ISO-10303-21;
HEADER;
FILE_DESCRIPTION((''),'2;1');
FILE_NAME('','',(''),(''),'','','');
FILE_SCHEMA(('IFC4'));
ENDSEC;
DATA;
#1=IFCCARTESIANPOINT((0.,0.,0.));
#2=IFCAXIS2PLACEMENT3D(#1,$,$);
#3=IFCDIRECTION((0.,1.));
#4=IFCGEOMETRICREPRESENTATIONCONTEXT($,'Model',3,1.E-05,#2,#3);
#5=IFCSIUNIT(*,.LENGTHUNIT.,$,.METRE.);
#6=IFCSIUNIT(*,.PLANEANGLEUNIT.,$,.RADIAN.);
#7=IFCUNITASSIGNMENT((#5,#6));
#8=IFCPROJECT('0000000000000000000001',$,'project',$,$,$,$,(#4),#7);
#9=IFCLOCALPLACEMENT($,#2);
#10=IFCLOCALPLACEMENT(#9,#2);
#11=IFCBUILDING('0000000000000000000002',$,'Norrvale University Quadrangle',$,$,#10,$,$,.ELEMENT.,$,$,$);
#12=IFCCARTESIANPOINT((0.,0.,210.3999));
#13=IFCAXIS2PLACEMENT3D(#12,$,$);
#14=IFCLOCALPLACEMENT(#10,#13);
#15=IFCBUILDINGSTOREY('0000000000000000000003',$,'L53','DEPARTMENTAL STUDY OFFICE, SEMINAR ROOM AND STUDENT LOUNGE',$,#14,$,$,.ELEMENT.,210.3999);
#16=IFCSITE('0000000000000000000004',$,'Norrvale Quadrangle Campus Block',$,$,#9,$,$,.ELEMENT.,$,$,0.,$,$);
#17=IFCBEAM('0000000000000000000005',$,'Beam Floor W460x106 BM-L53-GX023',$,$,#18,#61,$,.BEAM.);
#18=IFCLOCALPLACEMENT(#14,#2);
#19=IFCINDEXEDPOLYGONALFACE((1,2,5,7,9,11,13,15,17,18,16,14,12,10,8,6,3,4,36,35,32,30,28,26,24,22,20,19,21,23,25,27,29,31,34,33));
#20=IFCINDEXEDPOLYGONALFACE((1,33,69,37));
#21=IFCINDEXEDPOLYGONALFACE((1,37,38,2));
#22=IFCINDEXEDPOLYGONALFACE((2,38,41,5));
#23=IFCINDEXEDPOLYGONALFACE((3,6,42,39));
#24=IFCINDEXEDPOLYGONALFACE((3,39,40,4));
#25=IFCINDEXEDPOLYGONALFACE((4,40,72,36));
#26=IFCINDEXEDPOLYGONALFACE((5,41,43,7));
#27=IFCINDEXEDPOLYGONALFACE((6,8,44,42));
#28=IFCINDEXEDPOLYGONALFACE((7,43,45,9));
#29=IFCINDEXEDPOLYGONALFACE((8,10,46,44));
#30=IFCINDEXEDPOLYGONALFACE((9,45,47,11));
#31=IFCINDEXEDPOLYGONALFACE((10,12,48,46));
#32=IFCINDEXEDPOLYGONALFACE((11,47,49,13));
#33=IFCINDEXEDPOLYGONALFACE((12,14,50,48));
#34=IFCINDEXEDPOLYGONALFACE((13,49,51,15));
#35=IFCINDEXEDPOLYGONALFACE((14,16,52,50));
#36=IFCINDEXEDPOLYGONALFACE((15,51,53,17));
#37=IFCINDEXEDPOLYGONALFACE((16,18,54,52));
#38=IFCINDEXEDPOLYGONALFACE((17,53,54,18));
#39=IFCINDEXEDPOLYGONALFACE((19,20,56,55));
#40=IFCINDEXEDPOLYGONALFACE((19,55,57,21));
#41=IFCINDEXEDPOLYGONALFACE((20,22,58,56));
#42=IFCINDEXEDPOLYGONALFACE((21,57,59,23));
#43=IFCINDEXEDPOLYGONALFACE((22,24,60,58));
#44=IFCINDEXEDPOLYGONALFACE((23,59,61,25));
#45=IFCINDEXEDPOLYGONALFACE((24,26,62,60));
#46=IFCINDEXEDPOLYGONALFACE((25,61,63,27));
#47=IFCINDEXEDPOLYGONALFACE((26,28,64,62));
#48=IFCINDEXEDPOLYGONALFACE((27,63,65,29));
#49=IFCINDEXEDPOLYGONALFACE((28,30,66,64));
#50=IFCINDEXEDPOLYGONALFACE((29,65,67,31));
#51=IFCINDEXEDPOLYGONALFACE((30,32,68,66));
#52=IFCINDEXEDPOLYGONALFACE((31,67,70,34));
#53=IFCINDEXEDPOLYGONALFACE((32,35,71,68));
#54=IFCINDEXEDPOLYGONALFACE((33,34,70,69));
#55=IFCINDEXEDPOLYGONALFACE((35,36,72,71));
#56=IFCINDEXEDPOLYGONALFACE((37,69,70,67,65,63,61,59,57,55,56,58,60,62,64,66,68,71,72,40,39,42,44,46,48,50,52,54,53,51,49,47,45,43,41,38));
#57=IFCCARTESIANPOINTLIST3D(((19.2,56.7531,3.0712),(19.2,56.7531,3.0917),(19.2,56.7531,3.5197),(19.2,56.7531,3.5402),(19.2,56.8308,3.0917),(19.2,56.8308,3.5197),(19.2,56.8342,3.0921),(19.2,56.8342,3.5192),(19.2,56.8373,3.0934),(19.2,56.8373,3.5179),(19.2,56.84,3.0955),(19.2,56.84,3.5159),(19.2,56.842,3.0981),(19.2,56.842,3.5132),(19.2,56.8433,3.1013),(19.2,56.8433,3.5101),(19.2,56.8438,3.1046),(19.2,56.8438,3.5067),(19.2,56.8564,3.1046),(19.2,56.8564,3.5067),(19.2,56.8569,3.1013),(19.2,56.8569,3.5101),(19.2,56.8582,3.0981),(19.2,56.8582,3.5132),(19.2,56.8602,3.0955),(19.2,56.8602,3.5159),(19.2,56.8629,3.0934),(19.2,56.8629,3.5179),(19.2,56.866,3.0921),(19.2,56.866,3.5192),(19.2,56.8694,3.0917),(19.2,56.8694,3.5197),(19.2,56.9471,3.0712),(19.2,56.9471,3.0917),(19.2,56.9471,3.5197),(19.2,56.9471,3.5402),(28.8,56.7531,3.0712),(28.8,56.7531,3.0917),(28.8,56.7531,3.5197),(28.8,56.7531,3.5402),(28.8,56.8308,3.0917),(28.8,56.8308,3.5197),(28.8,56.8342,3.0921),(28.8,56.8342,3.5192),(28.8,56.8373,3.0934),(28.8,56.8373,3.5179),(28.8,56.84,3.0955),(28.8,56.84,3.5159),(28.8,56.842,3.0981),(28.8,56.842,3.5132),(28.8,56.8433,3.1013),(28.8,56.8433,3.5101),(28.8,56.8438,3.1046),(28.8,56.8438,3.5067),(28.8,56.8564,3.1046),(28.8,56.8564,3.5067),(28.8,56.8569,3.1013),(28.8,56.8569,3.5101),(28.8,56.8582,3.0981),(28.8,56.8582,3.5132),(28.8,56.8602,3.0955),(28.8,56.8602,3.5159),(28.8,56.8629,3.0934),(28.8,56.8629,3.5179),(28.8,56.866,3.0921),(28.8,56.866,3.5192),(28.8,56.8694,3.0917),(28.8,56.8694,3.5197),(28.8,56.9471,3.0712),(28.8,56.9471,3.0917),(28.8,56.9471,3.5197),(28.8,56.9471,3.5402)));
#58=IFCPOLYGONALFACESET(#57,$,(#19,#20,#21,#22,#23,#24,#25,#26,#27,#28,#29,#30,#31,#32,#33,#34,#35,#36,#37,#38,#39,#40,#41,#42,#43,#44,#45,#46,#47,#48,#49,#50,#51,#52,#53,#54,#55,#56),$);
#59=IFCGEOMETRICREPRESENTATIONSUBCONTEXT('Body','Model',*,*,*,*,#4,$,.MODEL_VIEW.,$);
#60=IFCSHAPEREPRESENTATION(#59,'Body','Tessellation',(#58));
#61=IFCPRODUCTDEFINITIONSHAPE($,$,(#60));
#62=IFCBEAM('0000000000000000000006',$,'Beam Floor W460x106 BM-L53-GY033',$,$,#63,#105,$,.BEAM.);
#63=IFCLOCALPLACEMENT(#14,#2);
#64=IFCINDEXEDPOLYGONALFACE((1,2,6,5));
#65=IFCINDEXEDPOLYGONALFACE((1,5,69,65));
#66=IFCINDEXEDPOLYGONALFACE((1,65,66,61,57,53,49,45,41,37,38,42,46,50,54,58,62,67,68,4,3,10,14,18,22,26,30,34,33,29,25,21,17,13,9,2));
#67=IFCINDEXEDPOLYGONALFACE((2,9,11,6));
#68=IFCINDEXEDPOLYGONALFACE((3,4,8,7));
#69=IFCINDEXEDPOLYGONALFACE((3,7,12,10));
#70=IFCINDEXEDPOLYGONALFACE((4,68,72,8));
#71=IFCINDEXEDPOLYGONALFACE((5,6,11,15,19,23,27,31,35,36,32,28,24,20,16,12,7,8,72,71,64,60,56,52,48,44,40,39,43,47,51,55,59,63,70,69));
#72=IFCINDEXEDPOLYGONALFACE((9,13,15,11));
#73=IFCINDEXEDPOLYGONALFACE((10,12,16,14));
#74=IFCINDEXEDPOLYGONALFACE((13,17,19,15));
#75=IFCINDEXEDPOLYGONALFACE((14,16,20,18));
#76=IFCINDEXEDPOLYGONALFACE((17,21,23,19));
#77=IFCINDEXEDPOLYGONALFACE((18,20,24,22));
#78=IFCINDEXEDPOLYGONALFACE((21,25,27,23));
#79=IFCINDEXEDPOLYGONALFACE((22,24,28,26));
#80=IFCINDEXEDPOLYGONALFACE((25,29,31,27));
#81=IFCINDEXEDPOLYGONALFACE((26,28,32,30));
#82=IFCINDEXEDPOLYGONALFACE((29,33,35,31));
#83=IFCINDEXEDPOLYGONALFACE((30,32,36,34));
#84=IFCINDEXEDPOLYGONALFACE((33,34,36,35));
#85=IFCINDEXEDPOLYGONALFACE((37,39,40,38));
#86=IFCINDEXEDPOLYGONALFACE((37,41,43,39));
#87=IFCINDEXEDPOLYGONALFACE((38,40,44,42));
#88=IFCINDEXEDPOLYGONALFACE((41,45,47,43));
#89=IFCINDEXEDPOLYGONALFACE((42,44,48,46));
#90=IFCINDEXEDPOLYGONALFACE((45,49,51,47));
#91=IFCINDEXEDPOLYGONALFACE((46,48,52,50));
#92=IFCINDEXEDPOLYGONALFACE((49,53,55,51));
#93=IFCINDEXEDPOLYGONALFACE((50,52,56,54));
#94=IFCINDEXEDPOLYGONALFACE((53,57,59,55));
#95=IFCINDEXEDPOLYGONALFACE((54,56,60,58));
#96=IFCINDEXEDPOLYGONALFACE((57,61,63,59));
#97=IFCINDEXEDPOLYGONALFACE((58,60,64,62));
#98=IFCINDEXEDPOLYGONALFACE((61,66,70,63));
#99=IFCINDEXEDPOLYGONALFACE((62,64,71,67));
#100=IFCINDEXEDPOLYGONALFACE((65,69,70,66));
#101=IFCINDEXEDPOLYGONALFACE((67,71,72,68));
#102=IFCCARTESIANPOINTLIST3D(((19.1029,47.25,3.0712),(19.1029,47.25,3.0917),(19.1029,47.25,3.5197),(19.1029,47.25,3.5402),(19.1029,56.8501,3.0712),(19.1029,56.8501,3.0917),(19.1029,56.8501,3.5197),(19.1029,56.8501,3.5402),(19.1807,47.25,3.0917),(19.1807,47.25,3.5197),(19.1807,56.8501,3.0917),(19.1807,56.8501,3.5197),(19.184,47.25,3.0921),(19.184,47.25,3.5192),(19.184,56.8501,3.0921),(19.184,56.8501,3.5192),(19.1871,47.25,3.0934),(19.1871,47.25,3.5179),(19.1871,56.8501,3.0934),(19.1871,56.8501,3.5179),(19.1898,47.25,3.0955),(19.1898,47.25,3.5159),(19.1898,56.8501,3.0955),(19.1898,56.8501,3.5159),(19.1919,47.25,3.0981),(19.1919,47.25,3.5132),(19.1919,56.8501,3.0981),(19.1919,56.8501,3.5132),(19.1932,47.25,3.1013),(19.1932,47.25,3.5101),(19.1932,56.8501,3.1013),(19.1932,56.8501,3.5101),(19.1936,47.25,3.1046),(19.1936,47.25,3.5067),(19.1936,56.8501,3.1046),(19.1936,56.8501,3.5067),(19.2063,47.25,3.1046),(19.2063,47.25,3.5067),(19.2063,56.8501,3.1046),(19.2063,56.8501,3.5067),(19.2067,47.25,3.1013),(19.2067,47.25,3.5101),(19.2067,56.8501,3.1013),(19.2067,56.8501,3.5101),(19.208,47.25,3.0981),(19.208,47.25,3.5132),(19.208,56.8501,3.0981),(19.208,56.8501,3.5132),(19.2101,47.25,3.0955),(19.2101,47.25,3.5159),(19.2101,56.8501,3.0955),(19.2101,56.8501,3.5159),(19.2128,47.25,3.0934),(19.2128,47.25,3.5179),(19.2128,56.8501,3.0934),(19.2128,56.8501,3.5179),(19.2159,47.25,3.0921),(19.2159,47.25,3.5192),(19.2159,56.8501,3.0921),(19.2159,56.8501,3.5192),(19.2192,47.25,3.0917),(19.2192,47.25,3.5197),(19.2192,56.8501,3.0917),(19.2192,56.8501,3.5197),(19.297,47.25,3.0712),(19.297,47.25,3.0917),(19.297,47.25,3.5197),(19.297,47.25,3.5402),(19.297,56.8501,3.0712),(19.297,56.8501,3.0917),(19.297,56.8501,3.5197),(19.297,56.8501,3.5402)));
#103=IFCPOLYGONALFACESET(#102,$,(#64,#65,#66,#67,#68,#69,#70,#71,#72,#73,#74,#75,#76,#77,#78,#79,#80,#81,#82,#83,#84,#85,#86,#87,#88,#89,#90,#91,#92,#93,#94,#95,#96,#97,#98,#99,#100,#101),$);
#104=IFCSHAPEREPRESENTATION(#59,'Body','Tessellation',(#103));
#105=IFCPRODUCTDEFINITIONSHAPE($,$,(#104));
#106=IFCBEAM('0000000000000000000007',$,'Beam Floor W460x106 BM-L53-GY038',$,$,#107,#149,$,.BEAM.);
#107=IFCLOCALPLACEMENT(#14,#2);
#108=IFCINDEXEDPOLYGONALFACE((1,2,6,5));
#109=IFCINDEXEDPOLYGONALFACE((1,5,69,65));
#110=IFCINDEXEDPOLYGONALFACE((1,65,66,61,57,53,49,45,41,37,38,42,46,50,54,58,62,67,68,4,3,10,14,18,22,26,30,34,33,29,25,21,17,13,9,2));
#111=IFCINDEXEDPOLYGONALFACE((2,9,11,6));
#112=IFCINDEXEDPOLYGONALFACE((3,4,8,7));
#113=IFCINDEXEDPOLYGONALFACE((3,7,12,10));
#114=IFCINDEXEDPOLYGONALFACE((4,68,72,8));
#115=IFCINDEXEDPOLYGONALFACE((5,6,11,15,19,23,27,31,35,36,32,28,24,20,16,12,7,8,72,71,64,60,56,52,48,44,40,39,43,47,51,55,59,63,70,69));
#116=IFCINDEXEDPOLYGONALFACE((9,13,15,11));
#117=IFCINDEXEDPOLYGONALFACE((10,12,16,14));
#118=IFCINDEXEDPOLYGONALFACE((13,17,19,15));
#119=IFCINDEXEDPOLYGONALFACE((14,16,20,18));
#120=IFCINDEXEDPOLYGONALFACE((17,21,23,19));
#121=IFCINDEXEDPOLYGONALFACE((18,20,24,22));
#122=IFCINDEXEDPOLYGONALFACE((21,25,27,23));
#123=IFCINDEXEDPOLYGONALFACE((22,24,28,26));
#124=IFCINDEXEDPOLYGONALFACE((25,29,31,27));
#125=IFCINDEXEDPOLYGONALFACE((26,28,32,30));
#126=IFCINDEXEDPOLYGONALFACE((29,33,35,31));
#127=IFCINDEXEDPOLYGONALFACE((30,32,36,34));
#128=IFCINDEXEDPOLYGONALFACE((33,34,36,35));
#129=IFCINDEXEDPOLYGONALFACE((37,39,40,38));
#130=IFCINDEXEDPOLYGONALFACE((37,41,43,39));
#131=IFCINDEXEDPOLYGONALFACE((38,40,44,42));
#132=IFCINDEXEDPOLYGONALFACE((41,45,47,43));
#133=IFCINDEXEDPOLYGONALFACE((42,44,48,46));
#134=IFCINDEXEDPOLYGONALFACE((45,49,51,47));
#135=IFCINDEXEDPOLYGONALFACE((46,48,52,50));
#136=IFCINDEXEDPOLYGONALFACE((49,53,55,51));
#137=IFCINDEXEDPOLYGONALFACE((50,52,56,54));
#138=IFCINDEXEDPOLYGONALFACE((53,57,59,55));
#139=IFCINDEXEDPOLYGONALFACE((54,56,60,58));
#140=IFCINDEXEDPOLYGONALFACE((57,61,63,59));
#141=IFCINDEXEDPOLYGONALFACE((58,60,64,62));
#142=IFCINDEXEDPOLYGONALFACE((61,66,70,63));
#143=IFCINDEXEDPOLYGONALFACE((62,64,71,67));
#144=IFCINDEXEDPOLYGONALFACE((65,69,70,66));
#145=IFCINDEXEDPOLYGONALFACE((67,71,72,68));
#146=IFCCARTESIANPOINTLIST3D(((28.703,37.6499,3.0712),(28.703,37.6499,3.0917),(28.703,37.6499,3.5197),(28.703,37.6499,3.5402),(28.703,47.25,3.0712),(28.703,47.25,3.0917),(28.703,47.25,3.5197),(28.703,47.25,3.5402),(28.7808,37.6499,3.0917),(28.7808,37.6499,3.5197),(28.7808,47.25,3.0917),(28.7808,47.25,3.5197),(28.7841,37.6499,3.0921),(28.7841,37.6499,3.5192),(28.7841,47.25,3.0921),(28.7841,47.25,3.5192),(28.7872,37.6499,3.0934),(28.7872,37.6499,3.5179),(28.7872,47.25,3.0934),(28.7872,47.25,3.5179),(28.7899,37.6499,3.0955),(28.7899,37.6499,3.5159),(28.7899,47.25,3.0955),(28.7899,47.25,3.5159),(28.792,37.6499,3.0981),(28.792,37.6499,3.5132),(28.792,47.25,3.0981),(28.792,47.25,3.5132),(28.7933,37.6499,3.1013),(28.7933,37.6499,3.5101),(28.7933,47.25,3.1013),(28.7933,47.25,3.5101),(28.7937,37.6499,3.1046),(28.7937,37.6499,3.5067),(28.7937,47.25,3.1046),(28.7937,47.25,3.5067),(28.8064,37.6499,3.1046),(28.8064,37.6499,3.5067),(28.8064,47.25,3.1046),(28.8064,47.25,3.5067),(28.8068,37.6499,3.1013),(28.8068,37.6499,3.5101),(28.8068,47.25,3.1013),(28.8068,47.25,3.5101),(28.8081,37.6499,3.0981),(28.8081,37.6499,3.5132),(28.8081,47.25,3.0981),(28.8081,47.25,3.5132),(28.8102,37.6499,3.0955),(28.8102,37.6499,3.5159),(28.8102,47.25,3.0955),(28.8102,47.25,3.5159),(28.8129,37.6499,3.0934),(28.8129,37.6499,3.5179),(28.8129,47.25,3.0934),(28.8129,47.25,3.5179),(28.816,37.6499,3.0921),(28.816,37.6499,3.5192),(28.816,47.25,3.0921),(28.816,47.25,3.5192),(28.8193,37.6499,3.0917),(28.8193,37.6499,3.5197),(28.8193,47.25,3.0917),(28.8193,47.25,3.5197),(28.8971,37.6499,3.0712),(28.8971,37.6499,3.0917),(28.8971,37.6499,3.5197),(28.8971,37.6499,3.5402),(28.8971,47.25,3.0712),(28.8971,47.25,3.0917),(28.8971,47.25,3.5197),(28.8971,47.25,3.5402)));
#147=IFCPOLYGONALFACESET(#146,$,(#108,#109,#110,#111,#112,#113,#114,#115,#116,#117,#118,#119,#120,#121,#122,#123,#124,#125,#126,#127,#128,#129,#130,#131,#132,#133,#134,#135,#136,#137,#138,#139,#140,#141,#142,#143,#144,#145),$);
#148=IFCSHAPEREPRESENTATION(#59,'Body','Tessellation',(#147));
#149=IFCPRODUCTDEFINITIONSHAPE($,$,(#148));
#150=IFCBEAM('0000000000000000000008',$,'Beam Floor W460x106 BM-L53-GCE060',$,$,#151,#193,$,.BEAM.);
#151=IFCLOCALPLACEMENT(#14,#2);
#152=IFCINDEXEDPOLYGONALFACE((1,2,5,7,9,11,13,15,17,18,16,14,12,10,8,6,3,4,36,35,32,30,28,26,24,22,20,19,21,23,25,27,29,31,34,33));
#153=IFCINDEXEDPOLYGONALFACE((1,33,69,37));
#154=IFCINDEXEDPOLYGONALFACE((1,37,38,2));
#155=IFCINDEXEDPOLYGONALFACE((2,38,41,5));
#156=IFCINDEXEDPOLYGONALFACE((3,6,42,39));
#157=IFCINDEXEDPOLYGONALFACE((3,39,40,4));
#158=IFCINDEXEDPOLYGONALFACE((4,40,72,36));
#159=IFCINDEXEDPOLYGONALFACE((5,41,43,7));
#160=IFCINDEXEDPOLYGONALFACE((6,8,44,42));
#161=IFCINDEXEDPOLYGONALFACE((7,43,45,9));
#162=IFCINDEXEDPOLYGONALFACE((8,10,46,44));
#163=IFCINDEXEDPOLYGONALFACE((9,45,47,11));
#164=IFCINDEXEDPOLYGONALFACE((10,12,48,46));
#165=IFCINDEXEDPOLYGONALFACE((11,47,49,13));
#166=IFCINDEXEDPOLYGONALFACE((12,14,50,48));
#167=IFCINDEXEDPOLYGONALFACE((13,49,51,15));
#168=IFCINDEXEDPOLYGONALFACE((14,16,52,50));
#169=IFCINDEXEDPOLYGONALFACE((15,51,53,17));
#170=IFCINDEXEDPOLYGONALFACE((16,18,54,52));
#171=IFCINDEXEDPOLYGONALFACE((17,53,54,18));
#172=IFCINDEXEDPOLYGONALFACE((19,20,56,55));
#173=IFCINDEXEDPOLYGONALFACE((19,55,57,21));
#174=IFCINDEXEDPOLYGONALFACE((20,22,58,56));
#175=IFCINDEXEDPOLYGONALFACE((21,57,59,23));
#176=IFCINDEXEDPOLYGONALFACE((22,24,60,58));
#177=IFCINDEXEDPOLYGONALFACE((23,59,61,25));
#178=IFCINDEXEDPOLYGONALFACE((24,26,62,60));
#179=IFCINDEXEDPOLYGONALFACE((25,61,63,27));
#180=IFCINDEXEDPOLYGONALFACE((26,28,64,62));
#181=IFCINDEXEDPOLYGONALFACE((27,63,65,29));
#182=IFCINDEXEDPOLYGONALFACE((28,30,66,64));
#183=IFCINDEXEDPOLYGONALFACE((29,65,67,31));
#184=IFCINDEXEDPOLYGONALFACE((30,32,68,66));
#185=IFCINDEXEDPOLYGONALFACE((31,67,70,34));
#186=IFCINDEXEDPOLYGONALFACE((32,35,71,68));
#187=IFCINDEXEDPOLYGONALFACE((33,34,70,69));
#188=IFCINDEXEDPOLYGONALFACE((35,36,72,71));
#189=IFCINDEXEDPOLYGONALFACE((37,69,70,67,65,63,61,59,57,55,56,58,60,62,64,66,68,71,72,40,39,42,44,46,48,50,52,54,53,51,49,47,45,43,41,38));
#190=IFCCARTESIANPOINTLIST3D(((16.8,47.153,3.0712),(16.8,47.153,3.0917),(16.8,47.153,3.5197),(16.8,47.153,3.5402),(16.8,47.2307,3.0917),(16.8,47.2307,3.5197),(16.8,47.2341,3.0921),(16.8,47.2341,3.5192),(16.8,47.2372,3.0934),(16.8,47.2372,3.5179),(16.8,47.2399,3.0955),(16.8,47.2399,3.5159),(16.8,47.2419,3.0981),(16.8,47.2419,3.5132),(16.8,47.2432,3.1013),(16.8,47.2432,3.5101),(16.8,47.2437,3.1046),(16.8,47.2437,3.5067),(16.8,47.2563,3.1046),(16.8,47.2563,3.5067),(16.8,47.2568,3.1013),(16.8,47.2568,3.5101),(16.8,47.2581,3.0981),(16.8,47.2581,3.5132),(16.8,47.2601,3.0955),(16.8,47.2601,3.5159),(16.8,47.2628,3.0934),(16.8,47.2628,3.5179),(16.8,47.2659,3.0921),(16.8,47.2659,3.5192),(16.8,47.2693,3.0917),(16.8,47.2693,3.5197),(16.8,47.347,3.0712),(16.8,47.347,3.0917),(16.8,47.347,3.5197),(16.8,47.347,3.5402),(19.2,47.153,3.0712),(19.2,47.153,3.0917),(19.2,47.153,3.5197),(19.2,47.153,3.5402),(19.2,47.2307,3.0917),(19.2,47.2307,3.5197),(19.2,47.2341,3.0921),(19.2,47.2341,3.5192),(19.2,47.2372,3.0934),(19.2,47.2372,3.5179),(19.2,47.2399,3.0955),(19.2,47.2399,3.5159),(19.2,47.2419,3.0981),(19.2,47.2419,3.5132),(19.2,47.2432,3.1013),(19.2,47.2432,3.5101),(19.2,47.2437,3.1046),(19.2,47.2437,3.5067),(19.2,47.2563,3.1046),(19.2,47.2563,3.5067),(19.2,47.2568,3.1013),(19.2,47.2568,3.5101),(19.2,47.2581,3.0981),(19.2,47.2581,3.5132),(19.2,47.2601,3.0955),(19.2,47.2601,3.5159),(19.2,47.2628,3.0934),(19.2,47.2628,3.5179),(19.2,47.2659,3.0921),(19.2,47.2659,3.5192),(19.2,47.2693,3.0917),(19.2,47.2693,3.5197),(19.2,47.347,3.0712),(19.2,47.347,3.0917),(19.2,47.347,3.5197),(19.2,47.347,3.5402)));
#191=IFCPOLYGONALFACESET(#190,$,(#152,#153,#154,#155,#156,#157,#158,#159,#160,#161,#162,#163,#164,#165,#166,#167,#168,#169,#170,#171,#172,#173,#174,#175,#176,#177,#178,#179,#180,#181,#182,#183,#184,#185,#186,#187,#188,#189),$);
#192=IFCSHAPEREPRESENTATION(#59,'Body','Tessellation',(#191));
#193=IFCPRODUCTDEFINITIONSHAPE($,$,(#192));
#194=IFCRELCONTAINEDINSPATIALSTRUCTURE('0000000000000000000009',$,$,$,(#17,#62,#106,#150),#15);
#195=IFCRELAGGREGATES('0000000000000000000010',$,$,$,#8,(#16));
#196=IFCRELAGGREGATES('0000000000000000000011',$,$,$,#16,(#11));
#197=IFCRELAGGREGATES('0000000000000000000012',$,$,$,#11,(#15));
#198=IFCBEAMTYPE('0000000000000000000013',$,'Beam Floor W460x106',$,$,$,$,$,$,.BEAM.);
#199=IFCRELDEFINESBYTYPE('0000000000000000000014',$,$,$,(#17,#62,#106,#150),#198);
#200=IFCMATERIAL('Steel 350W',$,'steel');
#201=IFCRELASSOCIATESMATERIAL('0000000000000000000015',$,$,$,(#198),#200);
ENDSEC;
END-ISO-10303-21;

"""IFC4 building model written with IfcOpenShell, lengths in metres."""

from ifc_helpers import new_model, si_unit, direction, frame, origin, origin_2d, place, context, subcontext, project, spatial, i_section, extrude, material, material_profile, profile_set, type_object, element, save


model = new_model("IFC4")

# Units and contexts
model_context = context("Model", 3, precision=1e-05, world=origin(), true_north=direction((0.0, 1.0)))
body_context = subcontext(model_context, "Body", "Model", "MODEL_VIEW")
ifc_project = project(units=[si_unit("LENGTHUNIT", "METRE"), si_unit("PLANEANGLEUNIT", "RADIAN")], contexts=[model_context])

# Site, building, storey
site_placement = place(None, origin())
site = spatial("IfcSite", under=ifc_project, at=site_placement, Name="Norrvale Quadrangle Campus Block", CompositionType="ELEMENT", RefElevation=0.0)
building_placement = place(site_placement, origin())
building = spatial("IfcBuilding", under=site, at=building_placement, Name="Norrvale University Quadrangle", CompositionType="ELEMENT")
storey_placement = place(building_placement, frame((0.0, 0.0, 210.3999)))
storey = spatial("IfcBuildingStorey", under=building, at=storey_placement, Name="L53", Description="DEPARTMENTAL STUDY OFFICE, SEMINAR ROOM AND STUDENT LOUNGE", CompositionType="ELEMENT", Elevation=210.3999)

# Beams
ifc_material_1 = material(Name="Steel 350W", Category="steel")
ifc_material_profile_1 = material_profile(ifc_material_1, i_section(OverallWidth=0.1941, OverallDepth=0.469, WebThickness=0.0127, FlangeThickness=0.0205, FilletRadius=0.0129, at=origin_2d()), Name="Steel 350W")
ifc_profile_set_1 = profile_set([ifc_material_profile_1], Name="Steel 350W")
beam_type_1 = type_object("IfcBeamType", Name="Beam Floor W460x106", PredefinedType="BEAM", material=ifc_profile_set_1)
for number, where, z_axis, x_axis, name in (
    (1, (19.2, 56.8501, 3.3057), (1.0, 0.0, 0.0), (0.0, 1.0, 0.0), "Beam Floor W460x106 BM-L53-GX023"),
    (2, (19.2, 47.25, 3.3057), (0.0, 1.0, 0.0), (-1.0, 0.0, 0.0), "Beam Floor W460x106 BM-L53-GY033"),
    (3, (28.8, 37.6499, 3.3057), (0.0, 1.0, 0.0), (-1.0, 0.0, 0.0), "Beam Floor W460x106 BM-L53-GY038"),
):
    element("IfcBeam", number, at=place(storey_placement, frame(where, z_axis=z_axis, x_axis=x_axis)), inside=storey, type_object=beam_type_1, Name=name, PredefinedType="BEAM", context=body_context, shape_type="SweptSolid", body=[
        extrude(i_section(OverallWidth=0.1941, OverallDepth=0.469, WebThickness=0.0127, FlangeThickness=0.0205, FilletRadius=0.0129, at=origin_2d()), origin(), (0.0, 0.0, 1.0), 9.6001),
    ])
beam_1_placement = place(storey_placement, frame((16.8, 47.25, 3.3057), z_axis=(1.0, 0.0, 0.0), x_axis=(0.0, 1.0, 0.0)))
element("IfcBeam", 4, at=beam_1_placement, inside=storey, type_object=beam_type_1, Name="Beam Floor W460x106 BM-L53-GCE060", PredefinedType="BEAM", context=body_context, shape_type="SweptSolid", body=[
    extrude(i_section(OverallWidth=0.1941, OverallDepth=0.469, WebThickness=0.0127, FlangeThickness=0.0205, FilletRadius=0.0129, at=origin_2d()), origin(), (0.0, 0.0, 1.0), 2.3999),
])

save(model, "model.ifc")
